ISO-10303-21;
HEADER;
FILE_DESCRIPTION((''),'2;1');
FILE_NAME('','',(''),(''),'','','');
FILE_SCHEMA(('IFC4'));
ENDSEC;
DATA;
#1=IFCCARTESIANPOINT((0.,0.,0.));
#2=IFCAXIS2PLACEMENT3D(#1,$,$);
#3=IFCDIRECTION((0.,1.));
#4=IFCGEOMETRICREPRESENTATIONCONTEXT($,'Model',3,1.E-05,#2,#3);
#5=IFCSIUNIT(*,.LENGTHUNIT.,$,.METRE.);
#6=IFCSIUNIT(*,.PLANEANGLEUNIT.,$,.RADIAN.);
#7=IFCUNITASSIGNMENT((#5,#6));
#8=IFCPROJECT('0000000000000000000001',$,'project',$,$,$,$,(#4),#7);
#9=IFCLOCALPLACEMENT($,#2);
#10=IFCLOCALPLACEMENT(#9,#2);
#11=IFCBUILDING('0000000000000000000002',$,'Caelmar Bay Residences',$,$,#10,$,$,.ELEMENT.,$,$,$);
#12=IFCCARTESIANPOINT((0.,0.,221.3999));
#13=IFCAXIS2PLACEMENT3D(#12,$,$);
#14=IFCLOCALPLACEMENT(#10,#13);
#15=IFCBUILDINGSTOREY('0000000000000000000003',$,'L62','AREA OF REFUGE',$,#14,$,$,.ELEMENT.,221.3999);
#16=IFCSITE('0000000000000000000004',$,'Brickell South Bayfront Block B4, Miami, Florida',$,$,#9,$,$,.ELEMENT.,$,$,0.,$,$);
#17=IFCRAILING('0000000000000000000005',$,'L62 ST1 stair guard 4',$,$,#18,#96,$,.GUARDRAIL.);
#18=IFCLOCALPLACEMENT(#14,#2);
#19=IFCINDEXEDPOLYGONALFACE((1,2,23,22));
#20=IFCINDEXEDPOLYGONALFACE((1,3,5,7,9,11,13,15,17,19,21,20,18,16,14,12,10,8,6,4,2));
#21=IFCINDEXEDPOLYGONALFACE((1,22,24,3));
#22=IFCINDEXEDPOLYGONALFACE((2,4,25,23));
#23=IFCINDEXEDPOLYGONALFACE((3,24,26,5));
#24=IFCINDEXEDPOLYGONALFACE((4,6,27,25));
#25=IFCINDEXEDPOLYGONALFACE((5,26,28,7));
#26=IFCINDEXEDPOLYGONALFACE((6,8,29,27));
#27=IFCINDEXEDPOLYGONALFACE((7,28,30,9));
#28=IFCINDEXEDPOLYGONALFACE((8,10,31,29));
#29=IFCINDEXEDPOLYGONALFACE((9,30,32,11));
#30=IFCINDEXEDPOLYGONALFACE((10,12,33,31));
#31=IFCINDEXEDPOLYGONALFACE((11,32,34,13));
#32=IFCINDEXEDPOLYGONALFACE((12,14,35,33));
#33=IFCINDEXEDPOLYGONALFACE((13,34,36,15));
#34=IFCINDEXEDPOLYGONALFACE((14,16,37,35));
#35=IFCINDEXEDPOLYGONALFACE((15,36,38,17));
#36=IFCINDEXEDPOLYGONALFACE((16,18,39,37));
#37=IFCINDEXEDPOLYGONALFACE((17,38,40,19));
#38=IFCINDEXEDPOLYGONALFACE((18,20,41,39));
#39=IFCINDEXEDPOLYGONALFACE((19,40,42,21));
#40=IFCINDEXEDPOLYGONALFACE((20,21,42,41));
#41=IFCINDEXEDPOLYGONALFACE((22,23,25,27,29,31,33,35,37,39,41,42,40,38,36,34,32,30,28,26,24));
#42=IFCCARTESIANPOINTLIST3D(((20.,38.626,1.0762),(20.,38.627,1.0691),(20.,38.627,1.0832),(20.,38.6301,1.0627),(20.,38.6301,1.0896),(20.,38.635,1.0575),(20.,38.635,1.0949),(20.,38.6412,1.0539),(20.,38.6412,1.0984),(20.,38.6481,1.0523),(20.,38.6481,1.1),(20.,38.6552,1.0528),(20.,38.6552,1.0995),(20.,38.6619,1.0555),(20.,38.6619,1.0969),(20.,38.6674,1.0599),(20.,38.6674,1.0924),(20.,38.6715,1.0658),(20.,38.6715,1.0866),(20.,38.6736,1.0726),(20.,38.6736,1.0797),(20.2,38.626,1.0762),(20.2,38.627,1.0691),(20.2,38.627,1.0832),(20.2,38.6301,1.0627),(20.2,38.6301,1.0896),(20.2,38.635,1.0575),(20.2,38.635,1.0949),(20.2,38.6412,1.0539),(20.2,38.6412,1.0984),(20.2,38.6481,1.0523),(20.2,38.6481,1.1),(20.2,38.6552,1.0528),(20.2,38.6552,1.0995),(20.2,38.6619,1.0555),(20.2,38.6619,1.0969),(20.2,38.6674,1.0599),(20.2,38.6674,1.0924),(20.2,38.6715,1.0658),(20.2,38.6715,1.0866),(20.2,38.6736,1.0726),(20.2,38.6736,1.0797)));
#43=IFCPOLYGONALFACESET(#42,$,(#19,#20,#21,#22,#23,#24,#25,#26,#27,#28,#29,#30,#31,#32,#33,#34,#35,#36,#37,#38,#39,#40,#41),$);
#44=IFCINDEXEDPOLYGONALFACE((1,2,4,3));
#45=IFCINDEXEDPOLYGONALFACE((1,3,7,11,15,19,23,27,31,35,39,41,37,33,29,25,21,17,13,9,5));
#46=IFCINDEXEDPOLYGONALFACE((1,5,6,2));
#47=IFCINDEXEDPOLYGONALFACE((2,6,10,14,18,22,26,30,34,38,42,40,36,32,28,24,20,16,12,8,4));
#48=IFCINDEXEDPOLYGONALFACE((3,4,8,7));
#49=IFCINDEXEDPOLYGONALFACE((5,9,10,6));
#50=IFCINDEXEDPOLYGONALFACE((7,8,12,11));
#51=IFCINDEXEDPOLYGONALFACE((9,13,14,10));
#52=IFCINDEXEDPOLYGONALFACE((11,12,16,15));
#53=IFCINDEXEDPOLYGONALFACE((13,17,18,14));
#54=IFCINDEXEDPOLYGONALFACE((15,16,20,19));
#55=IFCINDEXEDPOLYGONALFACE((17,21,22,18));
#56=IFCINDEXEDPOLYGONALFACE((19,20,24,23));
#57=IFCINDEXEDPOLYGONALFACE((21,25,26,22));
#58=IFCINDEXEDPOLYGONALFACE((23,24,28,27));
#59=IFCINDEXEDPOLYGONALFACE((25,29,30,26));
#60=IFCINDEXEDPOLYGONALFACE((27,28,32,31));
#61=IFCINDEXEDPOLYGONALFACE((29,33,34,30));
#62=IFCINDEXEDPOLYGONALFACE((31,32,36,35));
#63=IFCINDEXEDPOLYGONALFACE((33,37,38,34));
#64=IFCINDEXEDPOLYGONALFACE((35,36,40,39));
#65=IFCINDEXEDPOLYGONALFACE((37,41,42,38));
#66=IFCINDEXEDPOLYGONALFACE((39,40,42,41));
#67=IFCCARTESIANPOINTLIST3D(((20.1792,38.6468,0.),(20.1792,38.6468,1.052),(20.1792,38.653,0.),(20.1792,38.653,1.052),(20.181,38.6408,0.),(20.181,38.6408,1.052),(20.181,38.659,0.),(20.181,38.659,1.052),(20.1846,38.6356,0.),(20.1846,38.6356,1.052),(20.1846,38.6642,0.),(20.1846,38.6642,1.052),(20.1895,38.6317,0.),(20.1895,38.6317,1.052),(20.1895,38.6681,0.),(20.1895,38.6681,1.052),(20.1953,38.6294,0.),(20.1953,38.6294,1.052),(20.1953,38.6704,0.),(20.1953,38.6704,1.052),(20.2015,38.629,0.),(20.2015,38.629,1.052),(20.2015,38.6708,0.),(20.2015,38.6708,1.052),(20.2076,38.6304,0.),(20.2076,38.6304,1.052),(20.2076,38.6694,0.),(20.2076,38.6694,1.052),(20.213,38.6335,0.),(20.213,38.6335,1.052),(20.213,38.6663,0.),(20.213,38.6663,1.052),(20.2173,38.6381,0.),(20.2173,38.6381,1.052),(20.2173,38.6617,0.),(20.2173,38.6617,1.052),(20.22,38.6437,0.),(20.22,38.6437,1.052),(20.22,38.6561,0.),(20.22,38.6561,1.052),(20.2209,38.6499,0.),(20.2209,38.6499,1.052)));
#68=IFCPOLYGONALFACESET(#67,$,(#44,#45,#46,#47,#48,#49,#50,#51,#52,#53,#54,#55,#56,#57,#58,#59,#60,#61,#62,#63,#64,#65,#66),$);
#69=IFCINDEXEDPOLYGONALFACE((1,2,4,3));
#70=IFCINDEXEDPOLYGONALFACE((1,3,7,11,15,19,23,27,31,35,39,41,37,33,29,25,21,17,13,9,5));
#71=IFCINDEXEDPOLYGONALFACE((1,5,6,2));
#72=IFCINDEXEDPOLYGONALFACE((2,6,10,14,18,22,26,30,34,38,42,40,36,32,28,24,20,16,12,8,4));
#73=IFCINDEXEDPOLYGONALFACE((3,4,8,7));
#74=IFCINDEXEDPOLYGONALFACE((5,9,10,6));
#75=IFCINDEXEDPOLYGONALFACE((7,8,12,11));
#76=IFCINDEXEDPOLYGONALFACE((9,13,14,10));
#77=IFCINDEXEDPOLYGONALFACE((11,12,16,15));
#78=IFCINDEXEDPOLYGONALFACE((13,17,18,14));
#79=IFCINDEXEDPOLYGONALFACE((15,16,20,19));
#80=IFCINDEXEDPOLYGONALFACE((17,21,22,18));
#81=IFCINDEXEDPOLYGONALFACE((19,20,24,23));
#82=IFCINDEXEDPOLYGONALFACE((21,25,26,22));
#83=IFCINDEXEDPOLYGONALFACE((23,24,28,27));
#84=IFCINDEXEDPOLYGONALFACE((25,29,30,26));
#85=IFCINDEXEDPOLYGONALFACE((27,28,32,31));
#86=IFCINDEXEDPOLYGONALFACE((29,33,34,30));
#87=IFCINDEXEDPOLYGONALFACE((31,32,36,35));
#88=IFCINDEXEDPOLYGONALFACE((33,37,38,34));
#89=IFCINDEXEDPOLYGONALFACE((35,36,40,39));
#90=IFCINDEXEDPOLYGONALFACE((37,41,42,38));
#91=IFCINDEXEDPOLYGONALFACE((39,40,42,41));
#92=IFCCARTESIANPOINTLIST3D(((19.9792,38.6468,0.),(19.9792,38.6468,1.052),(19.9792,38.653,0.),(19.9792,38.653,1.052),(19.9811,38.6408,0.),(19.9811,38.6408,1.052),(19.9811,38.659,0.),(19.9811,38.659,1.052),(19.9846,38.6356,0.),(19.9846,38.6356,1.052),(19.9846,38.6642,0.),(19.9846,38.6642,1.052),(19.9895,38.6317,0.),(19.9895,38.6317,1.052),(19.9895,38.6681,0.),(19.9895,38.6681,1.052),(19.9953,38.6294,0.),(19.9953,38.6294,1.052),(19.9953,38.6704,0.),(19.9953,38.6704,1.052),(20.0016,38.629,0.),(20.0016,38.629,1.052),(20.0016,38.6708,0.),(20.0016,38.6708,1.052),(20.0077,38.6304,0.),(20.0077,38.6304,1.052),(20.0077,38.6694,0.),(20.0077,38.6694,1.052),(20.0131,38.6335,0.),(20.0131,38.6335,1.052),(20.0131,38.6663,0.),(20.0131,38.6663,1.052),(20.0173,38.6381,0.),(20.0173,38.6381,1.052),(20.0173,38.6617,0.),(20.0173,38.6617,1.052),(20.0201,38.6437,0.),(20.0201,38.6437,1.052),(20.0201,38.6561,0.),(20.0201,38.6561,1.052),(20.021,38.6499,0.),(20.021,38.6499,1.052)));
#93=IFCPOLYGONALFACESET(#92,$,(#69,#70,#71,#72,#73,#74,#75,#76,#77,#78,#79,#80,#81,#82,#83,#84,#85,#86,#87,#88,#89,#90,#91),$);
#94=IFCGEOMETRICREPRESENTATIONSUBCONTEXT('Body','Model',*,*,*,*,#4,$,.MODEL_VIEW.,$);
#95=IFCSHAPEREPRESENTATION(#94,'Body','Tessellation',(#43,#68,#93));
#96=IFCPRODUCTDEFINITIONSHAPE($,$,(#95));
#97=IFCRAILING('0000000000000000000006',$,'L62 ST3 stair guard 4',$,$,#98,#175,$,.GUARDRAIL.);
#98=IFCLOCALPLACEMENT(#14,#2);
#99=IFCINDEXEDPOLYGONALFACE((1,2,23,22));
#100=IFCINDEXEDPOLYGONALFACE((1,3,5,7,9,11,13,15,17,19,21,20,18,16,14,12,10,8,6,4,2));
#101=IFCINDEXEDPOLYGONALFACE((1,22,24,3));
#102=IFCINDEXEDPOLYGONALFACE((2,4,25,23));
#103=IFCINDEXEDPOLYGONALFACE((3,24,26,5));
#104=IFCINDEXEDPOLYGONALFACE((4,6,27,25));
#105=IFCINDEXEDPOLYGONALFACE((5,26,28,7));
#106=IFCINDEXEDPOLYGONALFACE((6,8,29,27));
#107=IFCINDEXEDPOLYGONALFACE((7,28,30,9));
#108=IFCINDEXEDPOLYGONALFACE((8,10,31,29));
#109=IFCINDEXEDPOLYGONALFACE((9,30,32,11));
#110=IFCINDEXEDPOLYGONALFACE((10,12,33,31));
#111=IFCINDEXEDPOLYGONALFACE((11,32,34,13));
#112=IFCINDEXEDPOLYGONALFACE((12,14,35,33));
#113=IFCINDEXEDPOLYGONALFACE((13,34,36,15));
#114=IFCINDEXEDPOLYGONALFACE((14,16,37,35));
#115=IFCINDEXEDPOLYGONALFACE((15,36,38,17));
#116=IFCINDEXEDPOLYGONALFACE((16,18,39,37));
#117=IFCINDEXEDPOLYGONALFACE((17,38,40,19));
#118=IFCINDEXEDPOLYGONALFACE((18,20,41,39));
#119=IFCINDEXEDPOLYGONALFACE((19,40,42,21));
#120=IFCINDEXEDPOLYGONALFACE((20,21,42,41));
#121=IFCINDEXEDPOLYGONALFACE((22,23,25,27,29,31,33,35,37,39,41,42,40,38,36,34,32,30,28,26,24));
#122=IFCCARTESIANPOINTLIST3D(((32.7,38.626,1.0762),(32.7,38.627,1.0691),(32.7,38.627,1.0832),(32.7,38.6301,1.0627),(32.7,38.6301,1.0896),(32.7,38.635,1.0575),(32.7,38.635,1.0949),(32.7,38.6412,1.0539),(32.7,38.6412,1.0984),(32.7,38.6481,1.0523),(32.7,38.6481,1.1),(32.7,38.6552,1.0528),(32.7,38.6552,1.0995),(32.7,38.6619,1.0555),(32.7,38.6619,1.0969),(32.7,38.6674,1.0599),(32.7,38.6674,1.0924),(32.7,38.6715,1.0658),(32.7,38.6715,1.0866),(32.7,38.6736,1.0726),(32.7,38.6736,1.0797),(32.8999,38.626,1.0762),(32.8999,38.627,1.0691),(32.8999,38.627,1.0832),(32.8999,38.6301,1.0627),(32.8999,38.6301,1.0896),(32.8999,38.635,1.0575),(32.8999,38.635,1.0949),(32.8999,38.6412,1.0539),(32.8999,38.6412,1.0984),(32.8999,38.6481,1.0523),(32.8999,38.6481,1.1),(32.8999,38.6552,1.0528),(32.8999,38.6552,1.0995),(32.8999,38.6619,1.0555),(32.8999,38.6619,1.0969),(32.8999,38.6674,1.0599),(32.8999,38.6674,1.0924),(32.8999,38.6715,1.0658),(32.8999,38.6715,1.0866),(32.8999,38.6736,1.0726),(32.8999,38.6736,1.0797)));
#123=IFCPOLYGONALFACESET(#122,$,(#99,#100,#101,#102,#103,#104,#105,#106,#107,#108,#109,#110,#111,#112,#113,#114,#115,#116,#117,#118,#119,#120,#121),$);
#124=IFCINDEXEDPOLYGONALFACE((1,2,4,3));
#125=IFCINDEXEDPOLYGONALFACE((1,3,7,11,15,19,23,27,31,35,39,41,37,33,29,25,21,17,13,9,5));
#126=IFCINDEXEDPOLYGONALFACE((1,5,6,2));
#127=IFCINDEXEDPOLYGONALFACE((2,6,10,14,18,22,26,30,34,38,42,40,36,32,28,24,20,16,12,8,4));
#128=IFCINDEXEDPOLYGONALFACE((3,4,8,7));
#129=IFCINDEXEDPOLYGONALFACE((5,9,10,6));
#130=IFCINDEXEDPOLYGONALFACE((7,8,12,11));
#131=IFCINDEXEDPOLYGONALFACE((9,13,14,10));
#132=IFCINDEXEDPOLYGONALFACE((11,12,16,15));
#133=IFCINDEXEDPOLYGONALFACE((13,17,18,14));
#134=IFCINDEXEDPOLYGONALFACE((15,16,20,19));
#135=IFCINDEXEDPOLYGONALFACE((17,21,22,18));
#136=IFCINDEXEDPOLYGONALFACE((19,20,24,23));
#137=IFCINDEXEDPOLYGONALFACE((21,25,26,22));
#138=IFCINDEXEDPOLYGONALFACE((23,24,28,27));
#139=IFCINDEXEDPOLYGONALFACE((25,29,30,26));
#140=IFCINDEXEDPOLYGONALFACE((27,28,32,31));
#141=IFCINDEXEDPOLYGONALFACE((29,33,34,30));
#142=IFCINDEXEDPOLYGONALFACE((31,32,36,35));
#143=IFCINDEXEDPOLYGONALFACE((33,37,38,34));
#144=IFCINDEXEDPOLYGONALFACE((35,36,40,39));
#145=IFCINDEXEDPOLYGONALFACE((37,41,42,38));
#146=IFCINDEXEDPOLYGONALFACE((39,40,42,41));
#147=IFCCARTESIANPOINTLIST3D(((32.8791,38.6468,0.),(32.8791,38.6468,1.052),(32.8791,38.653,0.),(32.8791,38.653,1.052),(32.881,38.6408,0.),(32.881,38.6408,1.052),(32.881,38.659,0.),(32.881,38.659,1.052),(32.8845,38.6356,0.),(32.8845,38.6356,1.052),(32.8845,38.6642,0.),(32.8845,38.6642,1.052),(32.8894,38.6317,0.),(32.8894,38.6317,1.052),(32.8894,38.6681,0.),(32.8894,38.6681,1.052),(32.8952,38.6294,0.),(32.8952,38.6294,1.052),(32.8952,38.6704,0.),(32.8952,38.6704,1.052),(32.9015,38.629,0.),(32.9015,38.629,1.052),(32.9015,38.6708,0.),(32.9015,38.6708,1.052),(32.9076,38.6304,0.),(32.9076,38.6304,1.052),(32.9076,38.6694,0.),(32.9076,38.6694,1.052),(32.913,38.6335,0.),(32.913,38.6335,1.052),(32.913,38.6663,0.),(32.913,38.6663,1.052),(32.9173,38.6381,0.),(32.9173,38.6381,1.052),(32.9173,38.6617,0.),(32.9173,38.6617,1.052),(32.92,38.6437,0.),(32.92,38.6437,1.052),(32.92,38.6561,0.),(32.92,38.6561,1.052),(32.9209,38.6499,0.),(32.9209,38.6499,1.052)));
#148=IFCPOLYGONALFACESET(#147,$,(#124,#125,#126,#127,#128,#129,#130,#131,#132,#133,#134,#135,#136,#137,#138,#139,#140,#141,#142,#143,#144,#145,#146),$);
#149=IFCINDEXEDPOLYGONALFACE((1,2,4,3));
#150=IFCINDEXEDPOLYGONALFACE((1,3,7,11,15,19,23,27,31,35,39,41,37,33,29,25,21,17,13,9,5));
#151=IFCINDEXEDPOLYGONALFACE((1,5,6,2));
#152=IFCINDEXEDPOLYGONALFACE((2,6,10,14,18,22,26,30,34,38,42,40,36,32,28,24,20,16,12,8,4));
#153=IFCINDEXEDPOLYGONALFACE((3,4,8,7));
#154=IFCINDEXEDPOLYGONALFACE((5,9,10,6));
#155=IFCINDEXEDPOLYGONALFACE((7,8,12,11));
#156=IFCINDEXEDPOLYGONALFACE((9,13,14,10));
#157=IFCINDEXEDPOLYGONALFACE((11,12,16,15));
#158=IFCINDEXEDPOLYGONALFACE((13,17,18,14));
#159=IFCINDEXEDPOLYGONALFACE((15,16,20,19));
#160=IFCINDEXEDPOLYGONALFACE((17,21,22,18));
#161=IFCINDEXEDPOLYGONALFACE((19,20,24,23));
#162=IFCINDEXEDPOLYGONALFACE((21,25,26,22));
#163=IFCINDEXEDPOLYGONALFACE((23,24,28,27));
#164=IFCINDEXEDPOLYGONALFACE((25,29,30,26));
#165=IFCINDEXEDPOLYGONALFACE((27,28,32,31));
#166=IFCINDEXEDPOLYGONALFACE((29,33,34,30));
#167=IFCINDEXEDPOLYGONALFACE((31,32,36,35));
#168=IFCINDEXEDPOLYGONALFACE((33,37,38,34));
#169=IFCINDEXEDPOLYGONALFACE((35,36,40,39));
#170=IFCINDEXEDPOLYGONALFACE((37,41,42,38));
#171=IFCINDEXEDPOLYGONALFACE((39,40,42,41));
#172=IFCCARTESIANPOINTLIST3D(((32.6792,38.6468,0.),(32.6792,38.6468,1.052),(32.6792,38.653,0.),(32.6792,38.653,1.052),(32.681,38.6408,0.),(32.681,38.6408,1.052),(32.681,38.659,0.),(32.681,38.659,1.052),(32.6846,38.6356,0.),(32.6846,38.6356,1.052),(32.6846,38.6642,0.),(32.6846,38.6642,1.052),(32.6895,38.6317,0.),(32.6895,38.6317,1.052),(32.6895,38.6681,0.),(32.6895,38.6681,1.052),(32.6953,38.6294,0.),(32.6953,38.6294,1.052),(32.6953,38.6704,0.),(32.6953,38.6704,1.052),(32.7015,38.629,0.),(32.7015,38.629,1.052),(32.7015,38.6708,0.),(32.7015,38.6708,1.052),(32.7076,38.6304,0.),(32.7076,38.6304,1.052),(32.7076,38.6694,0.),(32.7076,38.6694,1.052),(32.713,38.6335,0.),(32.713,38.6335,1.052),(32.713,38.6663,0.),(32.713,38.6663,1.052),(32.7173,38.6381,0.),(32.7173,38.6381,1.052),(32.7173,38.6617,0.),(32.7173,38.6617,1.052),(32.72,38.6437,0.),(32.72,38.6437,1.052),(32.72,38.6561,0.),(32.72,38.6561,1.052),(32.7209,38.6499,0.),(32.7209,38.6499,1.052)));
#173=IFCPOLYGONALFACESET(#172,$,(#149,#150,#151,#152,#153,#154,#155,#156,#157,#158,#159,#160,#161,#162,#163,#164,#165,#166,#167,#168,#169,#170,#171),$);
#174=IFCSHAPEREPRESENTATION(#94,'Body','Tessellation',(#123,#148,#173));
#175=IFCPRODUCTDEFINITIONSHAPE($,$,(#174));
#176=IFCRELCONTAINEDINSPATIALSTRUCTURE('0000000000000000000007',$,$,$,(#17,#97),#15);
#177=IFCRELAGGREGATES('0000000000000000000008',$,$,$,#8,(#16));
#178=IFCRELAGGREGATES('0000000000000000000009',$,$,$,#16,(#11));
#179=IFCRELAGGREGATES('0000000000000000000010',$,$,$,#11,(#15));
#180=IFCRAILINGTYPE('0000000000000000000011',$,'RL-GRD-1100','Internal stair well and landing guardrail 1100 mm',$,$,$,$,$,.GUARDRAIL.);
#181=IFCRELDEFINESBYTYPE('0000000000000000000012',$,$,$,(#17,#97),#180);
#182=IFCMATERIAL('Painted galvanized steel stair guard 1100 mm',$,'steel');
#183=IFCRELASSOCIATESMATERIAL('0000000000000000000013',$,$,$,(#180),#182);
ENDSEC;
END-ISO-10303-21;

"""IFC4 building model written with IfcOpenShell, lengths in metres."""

from ifc_helpers import new_model, si_unit, direction, frame, origin, origin_2d, place, context, subcontext, project, spatial, circle, extrude, material, type_object, element, save


model = new_model("IFC4")

# Units and contexts
model_context = context("Model", 3, precision=1e-05, world=origin(), true_north=direction((0.0, 1.0)))
body_context = subcontext(model_context, "Body", "Model", "MODEL_VIEW")
ifc_project = project(units=[si_unit("LENGTHUNIT", "METRE"), si_unit("PLANEANGLEUNIT", "RADIAN")], contexts=[model_context])

# Site, building, storey
site_placement = place(None, origin())
site = spatial("IfcSite", under=ifc_project, at=site_placement, Name="Brickell South Bayfront Block B4, Miami, Florida", CompositionType="ELEMENT", RefElevation=0.0)
building_placement = place(site_placement, origin())
building = spatial("IfcBuilding", under=site, at=building_placement, Name="Caelmar Bay Residences", CompositionType="ELEMENT")
storey_placement = place(building_placement, frame((0.0, 0.0, 221.3999)))
storey = spatial("IfcBuildingStorey", under=building, at=storey_placement, Name="L62", Description="AREA OF REFUGE", CompositionType="ELEMENT", Elevation=221.3999)

# Railings
ifc_material_1 = material(Name="Painted galvanized steel stair guard 1100 mm", Category="steel")
railing_type_1 = type_object("IfcRailingType", Name="RL-GRD-1100", Description="Internal stair well and landing guardrail 1100 mm", PredefinedType="GUARDRAIL", material=ifc_material_1)
for number, where, name in (
    (1, (20.2, 38.6499, 0.0), "L62 ST1 stair guard 4"),
    (2, (32.8999, 38.6499, 0.0), "L62 ST3 stair guard 4"),
):
    element("IfcRailing", number, at=place(storey_placement, frame(where)), inside=storey, type_object=railing_type_1, Name=name, PredefinedType="GUARDRAIL", context=body_context, shape_type="SweptSolid", body=[
        extrude(circle(Radius=0.0239, at=origin_2d()), frame((0.0, 0.0, 1.0762), z_axis=(-1.0, 0.0, 0.0), x_axis=(0.0, -1.0, 0.0)), (0.0, 0.0, 1.0), 0.2),
        extrude(circle(Radius=0.021, at=origin_2d()), origin(), (0.0, 0.0, 1.0), 1.052),
        extrude(circle(Radius=0.021, at=origin_2d()), frame((-0.2, 0.0, 0.0)), (0.0, 0.0, 1.0), 1.052),
    ])

save(model, "model.ifc")
